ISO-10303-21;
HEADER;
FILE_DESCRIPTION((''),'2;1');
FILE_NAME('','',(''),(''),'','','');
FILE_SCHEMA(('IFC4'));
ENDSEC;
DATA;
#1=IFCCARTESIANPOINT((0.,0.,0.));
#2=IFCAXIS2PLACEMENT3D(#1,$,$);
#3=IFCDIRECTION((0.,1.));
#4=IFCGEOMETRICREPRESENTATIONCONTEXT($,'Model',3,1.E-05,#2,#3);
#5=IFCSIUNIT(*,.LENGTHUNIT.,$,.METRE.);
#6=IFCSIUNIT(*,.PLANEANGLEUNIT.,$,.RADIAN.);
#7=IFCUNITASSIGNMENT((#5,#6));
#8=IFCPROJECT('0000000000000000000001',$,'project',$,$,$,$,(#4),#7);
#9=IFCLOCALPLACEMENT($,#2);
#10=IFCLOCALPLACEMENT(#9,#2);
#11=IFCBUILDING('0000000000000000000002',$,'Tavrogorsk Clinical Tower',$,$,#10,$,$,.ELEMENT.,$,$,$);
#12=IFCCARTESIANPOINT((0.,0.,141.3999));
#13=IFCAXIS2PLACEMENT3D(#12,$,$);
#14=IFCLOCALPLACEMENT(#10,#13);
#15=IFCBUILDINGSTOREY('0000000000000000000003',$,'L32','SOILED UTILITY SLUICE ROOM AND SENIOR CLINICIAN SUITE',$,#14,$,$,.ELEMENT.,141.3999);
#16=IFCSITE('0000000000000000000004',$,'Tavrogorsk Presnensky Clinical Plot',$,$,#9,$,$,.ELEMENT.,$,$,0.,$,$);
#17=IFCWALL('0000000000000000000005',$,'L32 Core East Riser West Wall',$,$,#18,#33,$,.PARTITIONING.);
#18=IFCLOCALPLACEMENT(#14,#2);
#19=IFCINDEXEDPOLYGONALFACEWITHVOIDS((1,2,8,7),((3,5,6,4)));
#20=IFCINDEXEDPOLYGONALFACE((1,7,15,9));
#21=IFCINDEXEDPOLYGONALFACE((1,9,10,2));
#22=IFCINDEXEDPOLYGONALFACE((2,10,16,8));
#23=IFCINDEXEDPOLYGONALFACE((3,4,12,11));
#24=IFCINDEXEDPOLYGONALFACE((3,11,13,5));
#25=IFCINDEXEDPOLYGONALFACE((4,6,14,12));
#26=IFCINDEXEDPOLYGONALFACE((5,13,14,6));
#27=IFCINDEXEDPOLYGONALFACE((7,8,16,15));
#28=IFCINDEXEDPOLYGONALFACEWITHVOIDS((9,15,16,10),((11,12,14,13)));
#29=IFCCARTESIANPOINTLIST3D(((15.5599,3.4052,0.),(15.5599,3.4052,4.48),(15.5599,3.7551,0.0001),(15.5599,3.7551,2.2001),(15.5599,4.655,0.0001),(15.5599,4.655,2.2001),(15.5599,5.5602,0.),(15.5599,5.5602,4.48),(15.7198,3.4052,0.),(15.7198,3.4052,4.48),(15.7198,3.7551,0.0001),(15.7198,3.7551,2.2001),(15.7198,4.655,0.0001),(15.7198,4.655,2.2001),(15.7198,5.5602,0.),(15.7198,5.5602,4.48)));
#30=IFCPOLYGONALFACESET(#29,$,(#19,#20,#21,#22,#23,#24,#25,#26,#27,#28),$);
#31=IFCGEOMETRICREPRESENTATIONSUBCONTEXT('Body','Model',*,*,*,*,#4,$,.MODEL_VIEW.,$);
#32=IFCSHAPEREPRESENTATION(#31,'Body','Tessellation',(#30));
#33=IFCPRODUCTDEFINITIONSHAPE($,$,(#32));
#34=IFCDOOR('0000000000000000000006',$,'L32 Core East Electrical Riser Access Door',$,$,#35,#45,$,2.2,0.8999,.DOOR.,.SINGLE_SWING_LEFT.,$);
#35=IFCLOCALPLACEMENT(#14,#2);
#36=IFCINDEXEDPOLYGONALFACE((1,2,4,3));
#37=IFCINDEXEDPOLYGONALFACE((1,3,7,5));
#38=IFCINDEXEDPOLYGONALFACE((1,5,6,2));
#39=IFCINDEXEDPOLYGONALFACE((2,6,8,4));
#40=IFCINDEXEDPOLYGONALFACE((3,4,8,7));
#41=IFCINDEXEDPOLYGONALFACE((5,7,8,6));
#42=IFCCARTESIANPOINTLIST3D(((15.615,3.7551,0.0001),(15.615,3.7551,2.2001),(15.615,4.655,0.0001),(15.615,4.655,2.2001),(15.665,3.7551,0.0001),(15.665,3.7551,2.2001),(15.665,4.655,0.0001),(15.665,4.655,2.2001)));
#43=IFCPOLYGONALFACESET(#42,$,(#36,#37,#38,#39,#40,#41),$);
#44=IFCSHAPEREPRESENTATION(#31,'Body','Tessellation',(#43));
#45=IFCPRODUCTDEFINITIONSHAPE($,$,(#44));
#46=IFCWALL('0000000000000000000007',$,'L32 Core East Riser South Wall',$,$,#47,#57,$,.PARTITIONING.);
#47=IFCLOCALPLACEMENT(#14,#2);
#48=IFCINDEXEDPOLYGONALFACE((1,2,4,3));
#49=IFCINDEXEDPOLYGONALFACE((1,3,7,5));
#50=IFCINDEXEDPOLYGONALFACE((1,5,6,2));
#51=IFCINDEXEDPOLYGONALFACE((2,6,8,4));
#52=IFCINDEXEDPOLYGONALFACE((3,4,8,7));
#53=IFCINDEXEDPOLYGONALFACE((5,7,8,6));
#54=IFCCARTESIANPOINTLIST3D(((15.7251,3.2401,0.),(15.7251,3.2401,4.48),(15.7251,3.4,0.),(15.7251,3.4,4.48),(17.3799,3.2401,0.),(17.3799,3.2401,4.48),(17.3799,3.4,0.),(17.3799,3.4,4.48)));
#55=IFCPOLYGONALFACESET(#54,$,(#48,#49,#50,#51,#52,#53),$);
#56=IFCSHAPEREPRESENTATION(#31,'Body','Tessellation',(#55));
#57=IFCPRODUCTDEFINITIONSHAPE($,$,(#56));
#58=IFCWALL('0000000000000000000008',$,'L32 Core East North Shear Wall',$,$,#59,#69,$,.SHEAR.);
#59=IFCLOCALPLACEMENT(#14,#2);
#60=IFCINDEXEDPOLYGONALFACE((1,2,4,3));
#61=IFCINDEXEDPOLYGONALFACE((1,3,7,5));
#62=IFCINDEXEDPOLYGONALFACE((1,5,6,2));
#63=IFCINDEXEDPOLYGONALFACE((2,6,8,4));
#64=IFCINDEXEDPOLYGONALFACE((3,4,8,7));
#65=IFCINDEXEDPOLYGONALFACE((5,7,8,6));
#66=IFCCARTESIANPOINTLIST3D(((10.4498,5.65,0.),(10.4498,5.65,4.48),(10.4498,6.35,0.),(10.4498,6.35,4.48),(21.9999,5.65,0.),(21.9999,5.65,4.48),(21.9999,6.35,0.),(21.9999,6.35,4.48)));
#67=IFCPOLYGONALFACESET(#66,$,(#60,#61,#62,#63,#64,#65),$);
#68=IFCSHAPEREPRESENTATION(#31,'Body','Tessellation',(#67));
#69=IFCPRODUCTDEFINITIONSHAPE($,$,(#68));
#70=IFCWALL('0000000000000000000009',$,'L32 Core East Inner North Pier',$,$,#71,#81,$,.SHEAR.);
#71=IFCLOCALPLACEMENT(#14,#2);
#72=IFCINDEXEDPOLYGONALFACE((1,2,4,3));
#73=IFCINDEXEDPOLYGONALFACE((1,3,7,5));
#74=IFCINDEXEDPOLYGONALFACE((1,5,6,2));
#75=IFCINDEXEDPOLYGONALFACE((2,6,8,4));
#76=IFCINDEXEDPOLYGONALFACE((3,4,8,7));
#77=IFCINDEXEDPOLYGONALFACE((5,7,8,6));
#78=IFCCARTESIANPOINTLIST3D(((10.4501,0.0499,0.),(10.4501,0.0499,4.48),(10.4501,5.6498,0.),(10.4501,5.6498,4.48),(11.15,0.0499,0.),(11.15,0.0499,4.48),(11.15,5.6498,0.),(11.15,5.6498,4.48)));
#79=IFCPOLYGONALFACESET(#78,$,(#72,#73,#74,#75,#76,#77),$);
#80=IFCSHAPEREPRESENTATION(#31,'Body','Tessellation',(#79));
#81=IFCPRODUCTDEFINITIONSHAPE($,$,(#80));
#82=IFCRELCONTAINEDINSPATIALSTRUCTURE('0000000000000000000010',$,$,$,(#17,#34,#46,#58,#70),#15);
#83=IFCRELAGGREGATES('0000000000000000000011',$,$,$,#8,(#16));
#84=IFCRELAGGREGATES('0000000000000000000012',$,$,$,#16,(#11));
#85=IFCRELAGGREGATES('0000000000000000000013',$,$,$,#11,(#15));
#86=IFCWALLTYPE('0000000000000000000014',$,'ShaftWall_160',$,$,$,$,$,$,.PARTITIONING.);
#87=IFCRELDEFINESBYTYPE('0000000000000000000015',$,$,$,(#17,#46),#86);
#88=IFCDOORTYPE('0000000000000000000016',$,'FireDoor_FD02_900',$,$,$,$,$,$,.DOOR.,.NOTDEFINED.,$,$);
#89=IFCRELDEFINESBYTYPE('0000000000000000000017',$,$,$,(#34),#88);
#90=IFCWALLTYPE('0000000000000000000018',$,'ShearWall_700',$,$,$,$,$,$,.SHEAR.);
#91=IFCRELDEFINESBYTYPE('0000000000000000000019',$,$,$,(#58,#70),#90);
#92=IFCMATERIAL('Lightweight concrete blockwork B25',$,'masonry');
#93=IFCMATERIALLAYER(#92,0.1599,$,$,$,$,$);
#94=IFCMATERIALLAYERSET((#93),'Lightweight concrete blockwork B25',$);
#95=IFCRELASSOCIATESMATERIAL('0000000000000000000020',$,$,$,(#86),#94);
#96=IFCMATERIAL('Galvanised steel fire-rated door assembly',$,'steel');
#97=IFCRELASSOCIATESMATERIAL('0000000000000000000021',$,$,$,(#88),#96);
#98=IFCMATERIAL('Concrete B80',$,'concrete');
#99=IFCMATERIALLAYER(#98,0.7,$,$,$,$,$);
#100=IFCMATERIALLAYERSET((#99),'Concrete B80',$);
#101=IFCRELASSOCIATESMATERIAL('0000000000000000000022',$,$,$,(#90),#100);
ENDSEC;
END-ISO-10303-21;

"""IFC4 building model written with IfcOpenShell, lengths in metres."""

from ifc_helpers import new_model, si_unit, direction, frame, frame_2d, origin, place, context, subcontext, project, spatial, rectangle, extrude, material, layer, layer_set, type_object, element, fill, save


model = new_model("IFC4")

# Units and contexts
model_context = context("Model", 3, precision=1e-05, world=origin(), true_north=direction((0.0, 1.0)))
body_context = subcontext(model_context, "Body", "Model", "MODEL_VIEW")
ifc_project = project(units=[si_unit("LENGTHUNIT", "METRE"), si_unit("PLANEANGLEUNIT", "RADIAN")], contexts=[model_context])

# Site, building, storey
site_placement = place(None, origin())
site = spatial("IfcSite", under=ifc_project, at=site_placement, Name="Tavrogorsk Presnensky Clinical Plot", CompositionType="ELEMENT", RefElevation=0.0)
building_placement = place(site_placement, origin())
building = spatial("IfcBuilding", under=site, at=building_placement, Name="Tavrogorsk Clinical Tower", CompositionType="ELEMENT")
storey_placement = place(building_placement, frame((0.0, 0.0, 141.3999)))
storey = spatial("IfcBuildingStorey", under=building, at=storey_placement, Name="L32", Description="SOILED UTILITY SLUICE ROOM AND SENIOR CLINICIAN SUITE", CompositionType="ELEMENT", Elevation=141.3999)

# Shared definitions
ifc_material_1 = material(Name="Lightweight concrete blockwork B25", Category="masonry")
ifc_layer_1 = layer(ifc_material_1, 0.1599)
ifc_layer_set_1 = layer_set([ifc_layer_1], Name="Lightweight concrete blockwork B25")
wall_type_1 = type_object("IfcWallType", Name="ShaftWall_160", PredefinedType="PARTITIONING", material=ifc_layer_set_1)

# Wall, opening, door
wall_1_placement = place(storey_placement, frame((15.6399, 3.405, 0.0), z_axis=(0.0, 0.0, 1.0), x_axis=(0.0, 1.0, 0.0)))
wall_1 = element("IfcWall", 1, at=wall_1_placement, inside=storey, type_object=wall_type_1, Name="L32 Core East Riser West Wall", PredefinedType="PARTITIONING", context=body_context, shape_type="SweptSolid", body=[
    extrude(rectangle(XDim=2.155, YDim=0.1599, at=frame_2d((1.0776, 0.0))), origin(), (0.0, 0.0, 1.0), 4.48),
])
opening_1_placement = place(wall_1_placement, frame((0.3501, 0.0, 0.0)))
opening_1 = element("IfcOpeningElement", 2, at=opening_1_placement, cuts=wall_1, PredefinedType="OPENING", context=body_context, shape_type="SweptSolid", body=[
    extrude(rectangle(XDim=0.8999, YDim=2.2, at=frame_2d((0.45, 1.1001))), frame((0.0, 0.0898, 0.0), z_axis=(0.0, -1.0, 0.0), x_axis=(1.0, 0.0, 0.0)), (0.0, 0.0, 1.0), 0.1799),
])
ifc_material_2 = material(Name="Galvanised steel fire-rated door assembly", Category="steel")
door_type_1 = type_object("IfcDoorType", Name="FireDoor_FD02_900", OperationType="NOTDEFINED", PredefinedType="DOOR", material=ifc_material_2)
door_1_placement = place(opening_1_placement, origin())
door_1 = element("IfcDoor", 3, at=door_1_placement, inside=storey, type_object=door_type_1, Name="L32 Core East Electrical Riser Access Door", OperationType="SINGLE_SWING_LEFT", OverallHeight=2.2, OverallWidth=0.8999, PredefinedType="DOOR", context=body_context, shape_type="SweptSolid", body=[
    extrude(rectangle(XDim=0.8999, YDim=2.2, at=frame_2d((0.45, 1.1001))), frame((0.0, 0.0249, 0.0), z_axis=(0.0, -1.0, 0.0), x_axis=(1.0, 0.0, 0.0)), (0.0, 0.0, 1.0), 0.05),
])
fill(opening_1, door_1)

# Walls
wall_2_placement = place(storey_placement, frame((15.7251, 3.3201, 0.0), z_axis=(0.0, 0.0, 1.0), x_axis=(1.0, 0.0, 0.0)))
element("IfcWall", 4, at=wall_2_placement, inside=storey, type_object=wall_type_1, Name="L32 Core East Riser South Wall", PredefinedType="PARTITIONING", context=body_context, shape_type="SweptSolid", body=[
    extrude(rectangle(XDim=1.6548, YDim=0.1599, at=frame_2d((0.8274, 0.0))), origin(), (0.0, 0.0, 1.0), 4.48),
])
ifc_material_3 = material(Name="Concrete B80", Category="concrete")
ifc_layer_2 = layer(ifc_material_3, 0.7)
ifc_layer_set_2 = layer_set([ifc_layer_2], Name="Concrete B80")
wall_type_2 = type_object("IfcWallType", Name="ShearWall_700", PredefinedType="SHEAR", material=ifc_layer_set_2)
wall_3_placement = place(storey_placement, frame((10.45, 6.0, 0.0), z_axis=(0.0, 0.0, 1.0), x_axis=(1.0, 0.0, 0.0)))
element("IfcWall", 5, at=wall_3_placement, inside=storey, type_object=wall_type_2, Name="L32 Core East North Shear Wall", PredefinedType="SHEAR", context=body_context, shape_type="SweptSolid", body=[
    extrude(rectangle(XDim=11.55, YDim=0.7, at=frame_2d((5.7749, 0.0))), origin(), (0.0, 0.0, 1.0), 4.48),
])
wall_4_placement = place(storey_placement, frame((10.8, 0.05, 0.0), z_axis=(0.0, 0.0, 1.0), x_axis=(0.0, 1.0, 0.0)))
element("IfcWall", 6, at=wall_4_placement, inside=storey, type_object=wall_type_2, Name="L32 Core East Inner North Pier", PredefinedType="SHEAR", context=body_context, shape_type="SweptSolid", body=[
    extrude(rectangle(XDim=5.5999, YDim=0.7, at=frame_2d((2.7998, 0.0))), origin(), (0.0, 0.0, 1.0), 4.48),
])

save(model, "model.ifc")
